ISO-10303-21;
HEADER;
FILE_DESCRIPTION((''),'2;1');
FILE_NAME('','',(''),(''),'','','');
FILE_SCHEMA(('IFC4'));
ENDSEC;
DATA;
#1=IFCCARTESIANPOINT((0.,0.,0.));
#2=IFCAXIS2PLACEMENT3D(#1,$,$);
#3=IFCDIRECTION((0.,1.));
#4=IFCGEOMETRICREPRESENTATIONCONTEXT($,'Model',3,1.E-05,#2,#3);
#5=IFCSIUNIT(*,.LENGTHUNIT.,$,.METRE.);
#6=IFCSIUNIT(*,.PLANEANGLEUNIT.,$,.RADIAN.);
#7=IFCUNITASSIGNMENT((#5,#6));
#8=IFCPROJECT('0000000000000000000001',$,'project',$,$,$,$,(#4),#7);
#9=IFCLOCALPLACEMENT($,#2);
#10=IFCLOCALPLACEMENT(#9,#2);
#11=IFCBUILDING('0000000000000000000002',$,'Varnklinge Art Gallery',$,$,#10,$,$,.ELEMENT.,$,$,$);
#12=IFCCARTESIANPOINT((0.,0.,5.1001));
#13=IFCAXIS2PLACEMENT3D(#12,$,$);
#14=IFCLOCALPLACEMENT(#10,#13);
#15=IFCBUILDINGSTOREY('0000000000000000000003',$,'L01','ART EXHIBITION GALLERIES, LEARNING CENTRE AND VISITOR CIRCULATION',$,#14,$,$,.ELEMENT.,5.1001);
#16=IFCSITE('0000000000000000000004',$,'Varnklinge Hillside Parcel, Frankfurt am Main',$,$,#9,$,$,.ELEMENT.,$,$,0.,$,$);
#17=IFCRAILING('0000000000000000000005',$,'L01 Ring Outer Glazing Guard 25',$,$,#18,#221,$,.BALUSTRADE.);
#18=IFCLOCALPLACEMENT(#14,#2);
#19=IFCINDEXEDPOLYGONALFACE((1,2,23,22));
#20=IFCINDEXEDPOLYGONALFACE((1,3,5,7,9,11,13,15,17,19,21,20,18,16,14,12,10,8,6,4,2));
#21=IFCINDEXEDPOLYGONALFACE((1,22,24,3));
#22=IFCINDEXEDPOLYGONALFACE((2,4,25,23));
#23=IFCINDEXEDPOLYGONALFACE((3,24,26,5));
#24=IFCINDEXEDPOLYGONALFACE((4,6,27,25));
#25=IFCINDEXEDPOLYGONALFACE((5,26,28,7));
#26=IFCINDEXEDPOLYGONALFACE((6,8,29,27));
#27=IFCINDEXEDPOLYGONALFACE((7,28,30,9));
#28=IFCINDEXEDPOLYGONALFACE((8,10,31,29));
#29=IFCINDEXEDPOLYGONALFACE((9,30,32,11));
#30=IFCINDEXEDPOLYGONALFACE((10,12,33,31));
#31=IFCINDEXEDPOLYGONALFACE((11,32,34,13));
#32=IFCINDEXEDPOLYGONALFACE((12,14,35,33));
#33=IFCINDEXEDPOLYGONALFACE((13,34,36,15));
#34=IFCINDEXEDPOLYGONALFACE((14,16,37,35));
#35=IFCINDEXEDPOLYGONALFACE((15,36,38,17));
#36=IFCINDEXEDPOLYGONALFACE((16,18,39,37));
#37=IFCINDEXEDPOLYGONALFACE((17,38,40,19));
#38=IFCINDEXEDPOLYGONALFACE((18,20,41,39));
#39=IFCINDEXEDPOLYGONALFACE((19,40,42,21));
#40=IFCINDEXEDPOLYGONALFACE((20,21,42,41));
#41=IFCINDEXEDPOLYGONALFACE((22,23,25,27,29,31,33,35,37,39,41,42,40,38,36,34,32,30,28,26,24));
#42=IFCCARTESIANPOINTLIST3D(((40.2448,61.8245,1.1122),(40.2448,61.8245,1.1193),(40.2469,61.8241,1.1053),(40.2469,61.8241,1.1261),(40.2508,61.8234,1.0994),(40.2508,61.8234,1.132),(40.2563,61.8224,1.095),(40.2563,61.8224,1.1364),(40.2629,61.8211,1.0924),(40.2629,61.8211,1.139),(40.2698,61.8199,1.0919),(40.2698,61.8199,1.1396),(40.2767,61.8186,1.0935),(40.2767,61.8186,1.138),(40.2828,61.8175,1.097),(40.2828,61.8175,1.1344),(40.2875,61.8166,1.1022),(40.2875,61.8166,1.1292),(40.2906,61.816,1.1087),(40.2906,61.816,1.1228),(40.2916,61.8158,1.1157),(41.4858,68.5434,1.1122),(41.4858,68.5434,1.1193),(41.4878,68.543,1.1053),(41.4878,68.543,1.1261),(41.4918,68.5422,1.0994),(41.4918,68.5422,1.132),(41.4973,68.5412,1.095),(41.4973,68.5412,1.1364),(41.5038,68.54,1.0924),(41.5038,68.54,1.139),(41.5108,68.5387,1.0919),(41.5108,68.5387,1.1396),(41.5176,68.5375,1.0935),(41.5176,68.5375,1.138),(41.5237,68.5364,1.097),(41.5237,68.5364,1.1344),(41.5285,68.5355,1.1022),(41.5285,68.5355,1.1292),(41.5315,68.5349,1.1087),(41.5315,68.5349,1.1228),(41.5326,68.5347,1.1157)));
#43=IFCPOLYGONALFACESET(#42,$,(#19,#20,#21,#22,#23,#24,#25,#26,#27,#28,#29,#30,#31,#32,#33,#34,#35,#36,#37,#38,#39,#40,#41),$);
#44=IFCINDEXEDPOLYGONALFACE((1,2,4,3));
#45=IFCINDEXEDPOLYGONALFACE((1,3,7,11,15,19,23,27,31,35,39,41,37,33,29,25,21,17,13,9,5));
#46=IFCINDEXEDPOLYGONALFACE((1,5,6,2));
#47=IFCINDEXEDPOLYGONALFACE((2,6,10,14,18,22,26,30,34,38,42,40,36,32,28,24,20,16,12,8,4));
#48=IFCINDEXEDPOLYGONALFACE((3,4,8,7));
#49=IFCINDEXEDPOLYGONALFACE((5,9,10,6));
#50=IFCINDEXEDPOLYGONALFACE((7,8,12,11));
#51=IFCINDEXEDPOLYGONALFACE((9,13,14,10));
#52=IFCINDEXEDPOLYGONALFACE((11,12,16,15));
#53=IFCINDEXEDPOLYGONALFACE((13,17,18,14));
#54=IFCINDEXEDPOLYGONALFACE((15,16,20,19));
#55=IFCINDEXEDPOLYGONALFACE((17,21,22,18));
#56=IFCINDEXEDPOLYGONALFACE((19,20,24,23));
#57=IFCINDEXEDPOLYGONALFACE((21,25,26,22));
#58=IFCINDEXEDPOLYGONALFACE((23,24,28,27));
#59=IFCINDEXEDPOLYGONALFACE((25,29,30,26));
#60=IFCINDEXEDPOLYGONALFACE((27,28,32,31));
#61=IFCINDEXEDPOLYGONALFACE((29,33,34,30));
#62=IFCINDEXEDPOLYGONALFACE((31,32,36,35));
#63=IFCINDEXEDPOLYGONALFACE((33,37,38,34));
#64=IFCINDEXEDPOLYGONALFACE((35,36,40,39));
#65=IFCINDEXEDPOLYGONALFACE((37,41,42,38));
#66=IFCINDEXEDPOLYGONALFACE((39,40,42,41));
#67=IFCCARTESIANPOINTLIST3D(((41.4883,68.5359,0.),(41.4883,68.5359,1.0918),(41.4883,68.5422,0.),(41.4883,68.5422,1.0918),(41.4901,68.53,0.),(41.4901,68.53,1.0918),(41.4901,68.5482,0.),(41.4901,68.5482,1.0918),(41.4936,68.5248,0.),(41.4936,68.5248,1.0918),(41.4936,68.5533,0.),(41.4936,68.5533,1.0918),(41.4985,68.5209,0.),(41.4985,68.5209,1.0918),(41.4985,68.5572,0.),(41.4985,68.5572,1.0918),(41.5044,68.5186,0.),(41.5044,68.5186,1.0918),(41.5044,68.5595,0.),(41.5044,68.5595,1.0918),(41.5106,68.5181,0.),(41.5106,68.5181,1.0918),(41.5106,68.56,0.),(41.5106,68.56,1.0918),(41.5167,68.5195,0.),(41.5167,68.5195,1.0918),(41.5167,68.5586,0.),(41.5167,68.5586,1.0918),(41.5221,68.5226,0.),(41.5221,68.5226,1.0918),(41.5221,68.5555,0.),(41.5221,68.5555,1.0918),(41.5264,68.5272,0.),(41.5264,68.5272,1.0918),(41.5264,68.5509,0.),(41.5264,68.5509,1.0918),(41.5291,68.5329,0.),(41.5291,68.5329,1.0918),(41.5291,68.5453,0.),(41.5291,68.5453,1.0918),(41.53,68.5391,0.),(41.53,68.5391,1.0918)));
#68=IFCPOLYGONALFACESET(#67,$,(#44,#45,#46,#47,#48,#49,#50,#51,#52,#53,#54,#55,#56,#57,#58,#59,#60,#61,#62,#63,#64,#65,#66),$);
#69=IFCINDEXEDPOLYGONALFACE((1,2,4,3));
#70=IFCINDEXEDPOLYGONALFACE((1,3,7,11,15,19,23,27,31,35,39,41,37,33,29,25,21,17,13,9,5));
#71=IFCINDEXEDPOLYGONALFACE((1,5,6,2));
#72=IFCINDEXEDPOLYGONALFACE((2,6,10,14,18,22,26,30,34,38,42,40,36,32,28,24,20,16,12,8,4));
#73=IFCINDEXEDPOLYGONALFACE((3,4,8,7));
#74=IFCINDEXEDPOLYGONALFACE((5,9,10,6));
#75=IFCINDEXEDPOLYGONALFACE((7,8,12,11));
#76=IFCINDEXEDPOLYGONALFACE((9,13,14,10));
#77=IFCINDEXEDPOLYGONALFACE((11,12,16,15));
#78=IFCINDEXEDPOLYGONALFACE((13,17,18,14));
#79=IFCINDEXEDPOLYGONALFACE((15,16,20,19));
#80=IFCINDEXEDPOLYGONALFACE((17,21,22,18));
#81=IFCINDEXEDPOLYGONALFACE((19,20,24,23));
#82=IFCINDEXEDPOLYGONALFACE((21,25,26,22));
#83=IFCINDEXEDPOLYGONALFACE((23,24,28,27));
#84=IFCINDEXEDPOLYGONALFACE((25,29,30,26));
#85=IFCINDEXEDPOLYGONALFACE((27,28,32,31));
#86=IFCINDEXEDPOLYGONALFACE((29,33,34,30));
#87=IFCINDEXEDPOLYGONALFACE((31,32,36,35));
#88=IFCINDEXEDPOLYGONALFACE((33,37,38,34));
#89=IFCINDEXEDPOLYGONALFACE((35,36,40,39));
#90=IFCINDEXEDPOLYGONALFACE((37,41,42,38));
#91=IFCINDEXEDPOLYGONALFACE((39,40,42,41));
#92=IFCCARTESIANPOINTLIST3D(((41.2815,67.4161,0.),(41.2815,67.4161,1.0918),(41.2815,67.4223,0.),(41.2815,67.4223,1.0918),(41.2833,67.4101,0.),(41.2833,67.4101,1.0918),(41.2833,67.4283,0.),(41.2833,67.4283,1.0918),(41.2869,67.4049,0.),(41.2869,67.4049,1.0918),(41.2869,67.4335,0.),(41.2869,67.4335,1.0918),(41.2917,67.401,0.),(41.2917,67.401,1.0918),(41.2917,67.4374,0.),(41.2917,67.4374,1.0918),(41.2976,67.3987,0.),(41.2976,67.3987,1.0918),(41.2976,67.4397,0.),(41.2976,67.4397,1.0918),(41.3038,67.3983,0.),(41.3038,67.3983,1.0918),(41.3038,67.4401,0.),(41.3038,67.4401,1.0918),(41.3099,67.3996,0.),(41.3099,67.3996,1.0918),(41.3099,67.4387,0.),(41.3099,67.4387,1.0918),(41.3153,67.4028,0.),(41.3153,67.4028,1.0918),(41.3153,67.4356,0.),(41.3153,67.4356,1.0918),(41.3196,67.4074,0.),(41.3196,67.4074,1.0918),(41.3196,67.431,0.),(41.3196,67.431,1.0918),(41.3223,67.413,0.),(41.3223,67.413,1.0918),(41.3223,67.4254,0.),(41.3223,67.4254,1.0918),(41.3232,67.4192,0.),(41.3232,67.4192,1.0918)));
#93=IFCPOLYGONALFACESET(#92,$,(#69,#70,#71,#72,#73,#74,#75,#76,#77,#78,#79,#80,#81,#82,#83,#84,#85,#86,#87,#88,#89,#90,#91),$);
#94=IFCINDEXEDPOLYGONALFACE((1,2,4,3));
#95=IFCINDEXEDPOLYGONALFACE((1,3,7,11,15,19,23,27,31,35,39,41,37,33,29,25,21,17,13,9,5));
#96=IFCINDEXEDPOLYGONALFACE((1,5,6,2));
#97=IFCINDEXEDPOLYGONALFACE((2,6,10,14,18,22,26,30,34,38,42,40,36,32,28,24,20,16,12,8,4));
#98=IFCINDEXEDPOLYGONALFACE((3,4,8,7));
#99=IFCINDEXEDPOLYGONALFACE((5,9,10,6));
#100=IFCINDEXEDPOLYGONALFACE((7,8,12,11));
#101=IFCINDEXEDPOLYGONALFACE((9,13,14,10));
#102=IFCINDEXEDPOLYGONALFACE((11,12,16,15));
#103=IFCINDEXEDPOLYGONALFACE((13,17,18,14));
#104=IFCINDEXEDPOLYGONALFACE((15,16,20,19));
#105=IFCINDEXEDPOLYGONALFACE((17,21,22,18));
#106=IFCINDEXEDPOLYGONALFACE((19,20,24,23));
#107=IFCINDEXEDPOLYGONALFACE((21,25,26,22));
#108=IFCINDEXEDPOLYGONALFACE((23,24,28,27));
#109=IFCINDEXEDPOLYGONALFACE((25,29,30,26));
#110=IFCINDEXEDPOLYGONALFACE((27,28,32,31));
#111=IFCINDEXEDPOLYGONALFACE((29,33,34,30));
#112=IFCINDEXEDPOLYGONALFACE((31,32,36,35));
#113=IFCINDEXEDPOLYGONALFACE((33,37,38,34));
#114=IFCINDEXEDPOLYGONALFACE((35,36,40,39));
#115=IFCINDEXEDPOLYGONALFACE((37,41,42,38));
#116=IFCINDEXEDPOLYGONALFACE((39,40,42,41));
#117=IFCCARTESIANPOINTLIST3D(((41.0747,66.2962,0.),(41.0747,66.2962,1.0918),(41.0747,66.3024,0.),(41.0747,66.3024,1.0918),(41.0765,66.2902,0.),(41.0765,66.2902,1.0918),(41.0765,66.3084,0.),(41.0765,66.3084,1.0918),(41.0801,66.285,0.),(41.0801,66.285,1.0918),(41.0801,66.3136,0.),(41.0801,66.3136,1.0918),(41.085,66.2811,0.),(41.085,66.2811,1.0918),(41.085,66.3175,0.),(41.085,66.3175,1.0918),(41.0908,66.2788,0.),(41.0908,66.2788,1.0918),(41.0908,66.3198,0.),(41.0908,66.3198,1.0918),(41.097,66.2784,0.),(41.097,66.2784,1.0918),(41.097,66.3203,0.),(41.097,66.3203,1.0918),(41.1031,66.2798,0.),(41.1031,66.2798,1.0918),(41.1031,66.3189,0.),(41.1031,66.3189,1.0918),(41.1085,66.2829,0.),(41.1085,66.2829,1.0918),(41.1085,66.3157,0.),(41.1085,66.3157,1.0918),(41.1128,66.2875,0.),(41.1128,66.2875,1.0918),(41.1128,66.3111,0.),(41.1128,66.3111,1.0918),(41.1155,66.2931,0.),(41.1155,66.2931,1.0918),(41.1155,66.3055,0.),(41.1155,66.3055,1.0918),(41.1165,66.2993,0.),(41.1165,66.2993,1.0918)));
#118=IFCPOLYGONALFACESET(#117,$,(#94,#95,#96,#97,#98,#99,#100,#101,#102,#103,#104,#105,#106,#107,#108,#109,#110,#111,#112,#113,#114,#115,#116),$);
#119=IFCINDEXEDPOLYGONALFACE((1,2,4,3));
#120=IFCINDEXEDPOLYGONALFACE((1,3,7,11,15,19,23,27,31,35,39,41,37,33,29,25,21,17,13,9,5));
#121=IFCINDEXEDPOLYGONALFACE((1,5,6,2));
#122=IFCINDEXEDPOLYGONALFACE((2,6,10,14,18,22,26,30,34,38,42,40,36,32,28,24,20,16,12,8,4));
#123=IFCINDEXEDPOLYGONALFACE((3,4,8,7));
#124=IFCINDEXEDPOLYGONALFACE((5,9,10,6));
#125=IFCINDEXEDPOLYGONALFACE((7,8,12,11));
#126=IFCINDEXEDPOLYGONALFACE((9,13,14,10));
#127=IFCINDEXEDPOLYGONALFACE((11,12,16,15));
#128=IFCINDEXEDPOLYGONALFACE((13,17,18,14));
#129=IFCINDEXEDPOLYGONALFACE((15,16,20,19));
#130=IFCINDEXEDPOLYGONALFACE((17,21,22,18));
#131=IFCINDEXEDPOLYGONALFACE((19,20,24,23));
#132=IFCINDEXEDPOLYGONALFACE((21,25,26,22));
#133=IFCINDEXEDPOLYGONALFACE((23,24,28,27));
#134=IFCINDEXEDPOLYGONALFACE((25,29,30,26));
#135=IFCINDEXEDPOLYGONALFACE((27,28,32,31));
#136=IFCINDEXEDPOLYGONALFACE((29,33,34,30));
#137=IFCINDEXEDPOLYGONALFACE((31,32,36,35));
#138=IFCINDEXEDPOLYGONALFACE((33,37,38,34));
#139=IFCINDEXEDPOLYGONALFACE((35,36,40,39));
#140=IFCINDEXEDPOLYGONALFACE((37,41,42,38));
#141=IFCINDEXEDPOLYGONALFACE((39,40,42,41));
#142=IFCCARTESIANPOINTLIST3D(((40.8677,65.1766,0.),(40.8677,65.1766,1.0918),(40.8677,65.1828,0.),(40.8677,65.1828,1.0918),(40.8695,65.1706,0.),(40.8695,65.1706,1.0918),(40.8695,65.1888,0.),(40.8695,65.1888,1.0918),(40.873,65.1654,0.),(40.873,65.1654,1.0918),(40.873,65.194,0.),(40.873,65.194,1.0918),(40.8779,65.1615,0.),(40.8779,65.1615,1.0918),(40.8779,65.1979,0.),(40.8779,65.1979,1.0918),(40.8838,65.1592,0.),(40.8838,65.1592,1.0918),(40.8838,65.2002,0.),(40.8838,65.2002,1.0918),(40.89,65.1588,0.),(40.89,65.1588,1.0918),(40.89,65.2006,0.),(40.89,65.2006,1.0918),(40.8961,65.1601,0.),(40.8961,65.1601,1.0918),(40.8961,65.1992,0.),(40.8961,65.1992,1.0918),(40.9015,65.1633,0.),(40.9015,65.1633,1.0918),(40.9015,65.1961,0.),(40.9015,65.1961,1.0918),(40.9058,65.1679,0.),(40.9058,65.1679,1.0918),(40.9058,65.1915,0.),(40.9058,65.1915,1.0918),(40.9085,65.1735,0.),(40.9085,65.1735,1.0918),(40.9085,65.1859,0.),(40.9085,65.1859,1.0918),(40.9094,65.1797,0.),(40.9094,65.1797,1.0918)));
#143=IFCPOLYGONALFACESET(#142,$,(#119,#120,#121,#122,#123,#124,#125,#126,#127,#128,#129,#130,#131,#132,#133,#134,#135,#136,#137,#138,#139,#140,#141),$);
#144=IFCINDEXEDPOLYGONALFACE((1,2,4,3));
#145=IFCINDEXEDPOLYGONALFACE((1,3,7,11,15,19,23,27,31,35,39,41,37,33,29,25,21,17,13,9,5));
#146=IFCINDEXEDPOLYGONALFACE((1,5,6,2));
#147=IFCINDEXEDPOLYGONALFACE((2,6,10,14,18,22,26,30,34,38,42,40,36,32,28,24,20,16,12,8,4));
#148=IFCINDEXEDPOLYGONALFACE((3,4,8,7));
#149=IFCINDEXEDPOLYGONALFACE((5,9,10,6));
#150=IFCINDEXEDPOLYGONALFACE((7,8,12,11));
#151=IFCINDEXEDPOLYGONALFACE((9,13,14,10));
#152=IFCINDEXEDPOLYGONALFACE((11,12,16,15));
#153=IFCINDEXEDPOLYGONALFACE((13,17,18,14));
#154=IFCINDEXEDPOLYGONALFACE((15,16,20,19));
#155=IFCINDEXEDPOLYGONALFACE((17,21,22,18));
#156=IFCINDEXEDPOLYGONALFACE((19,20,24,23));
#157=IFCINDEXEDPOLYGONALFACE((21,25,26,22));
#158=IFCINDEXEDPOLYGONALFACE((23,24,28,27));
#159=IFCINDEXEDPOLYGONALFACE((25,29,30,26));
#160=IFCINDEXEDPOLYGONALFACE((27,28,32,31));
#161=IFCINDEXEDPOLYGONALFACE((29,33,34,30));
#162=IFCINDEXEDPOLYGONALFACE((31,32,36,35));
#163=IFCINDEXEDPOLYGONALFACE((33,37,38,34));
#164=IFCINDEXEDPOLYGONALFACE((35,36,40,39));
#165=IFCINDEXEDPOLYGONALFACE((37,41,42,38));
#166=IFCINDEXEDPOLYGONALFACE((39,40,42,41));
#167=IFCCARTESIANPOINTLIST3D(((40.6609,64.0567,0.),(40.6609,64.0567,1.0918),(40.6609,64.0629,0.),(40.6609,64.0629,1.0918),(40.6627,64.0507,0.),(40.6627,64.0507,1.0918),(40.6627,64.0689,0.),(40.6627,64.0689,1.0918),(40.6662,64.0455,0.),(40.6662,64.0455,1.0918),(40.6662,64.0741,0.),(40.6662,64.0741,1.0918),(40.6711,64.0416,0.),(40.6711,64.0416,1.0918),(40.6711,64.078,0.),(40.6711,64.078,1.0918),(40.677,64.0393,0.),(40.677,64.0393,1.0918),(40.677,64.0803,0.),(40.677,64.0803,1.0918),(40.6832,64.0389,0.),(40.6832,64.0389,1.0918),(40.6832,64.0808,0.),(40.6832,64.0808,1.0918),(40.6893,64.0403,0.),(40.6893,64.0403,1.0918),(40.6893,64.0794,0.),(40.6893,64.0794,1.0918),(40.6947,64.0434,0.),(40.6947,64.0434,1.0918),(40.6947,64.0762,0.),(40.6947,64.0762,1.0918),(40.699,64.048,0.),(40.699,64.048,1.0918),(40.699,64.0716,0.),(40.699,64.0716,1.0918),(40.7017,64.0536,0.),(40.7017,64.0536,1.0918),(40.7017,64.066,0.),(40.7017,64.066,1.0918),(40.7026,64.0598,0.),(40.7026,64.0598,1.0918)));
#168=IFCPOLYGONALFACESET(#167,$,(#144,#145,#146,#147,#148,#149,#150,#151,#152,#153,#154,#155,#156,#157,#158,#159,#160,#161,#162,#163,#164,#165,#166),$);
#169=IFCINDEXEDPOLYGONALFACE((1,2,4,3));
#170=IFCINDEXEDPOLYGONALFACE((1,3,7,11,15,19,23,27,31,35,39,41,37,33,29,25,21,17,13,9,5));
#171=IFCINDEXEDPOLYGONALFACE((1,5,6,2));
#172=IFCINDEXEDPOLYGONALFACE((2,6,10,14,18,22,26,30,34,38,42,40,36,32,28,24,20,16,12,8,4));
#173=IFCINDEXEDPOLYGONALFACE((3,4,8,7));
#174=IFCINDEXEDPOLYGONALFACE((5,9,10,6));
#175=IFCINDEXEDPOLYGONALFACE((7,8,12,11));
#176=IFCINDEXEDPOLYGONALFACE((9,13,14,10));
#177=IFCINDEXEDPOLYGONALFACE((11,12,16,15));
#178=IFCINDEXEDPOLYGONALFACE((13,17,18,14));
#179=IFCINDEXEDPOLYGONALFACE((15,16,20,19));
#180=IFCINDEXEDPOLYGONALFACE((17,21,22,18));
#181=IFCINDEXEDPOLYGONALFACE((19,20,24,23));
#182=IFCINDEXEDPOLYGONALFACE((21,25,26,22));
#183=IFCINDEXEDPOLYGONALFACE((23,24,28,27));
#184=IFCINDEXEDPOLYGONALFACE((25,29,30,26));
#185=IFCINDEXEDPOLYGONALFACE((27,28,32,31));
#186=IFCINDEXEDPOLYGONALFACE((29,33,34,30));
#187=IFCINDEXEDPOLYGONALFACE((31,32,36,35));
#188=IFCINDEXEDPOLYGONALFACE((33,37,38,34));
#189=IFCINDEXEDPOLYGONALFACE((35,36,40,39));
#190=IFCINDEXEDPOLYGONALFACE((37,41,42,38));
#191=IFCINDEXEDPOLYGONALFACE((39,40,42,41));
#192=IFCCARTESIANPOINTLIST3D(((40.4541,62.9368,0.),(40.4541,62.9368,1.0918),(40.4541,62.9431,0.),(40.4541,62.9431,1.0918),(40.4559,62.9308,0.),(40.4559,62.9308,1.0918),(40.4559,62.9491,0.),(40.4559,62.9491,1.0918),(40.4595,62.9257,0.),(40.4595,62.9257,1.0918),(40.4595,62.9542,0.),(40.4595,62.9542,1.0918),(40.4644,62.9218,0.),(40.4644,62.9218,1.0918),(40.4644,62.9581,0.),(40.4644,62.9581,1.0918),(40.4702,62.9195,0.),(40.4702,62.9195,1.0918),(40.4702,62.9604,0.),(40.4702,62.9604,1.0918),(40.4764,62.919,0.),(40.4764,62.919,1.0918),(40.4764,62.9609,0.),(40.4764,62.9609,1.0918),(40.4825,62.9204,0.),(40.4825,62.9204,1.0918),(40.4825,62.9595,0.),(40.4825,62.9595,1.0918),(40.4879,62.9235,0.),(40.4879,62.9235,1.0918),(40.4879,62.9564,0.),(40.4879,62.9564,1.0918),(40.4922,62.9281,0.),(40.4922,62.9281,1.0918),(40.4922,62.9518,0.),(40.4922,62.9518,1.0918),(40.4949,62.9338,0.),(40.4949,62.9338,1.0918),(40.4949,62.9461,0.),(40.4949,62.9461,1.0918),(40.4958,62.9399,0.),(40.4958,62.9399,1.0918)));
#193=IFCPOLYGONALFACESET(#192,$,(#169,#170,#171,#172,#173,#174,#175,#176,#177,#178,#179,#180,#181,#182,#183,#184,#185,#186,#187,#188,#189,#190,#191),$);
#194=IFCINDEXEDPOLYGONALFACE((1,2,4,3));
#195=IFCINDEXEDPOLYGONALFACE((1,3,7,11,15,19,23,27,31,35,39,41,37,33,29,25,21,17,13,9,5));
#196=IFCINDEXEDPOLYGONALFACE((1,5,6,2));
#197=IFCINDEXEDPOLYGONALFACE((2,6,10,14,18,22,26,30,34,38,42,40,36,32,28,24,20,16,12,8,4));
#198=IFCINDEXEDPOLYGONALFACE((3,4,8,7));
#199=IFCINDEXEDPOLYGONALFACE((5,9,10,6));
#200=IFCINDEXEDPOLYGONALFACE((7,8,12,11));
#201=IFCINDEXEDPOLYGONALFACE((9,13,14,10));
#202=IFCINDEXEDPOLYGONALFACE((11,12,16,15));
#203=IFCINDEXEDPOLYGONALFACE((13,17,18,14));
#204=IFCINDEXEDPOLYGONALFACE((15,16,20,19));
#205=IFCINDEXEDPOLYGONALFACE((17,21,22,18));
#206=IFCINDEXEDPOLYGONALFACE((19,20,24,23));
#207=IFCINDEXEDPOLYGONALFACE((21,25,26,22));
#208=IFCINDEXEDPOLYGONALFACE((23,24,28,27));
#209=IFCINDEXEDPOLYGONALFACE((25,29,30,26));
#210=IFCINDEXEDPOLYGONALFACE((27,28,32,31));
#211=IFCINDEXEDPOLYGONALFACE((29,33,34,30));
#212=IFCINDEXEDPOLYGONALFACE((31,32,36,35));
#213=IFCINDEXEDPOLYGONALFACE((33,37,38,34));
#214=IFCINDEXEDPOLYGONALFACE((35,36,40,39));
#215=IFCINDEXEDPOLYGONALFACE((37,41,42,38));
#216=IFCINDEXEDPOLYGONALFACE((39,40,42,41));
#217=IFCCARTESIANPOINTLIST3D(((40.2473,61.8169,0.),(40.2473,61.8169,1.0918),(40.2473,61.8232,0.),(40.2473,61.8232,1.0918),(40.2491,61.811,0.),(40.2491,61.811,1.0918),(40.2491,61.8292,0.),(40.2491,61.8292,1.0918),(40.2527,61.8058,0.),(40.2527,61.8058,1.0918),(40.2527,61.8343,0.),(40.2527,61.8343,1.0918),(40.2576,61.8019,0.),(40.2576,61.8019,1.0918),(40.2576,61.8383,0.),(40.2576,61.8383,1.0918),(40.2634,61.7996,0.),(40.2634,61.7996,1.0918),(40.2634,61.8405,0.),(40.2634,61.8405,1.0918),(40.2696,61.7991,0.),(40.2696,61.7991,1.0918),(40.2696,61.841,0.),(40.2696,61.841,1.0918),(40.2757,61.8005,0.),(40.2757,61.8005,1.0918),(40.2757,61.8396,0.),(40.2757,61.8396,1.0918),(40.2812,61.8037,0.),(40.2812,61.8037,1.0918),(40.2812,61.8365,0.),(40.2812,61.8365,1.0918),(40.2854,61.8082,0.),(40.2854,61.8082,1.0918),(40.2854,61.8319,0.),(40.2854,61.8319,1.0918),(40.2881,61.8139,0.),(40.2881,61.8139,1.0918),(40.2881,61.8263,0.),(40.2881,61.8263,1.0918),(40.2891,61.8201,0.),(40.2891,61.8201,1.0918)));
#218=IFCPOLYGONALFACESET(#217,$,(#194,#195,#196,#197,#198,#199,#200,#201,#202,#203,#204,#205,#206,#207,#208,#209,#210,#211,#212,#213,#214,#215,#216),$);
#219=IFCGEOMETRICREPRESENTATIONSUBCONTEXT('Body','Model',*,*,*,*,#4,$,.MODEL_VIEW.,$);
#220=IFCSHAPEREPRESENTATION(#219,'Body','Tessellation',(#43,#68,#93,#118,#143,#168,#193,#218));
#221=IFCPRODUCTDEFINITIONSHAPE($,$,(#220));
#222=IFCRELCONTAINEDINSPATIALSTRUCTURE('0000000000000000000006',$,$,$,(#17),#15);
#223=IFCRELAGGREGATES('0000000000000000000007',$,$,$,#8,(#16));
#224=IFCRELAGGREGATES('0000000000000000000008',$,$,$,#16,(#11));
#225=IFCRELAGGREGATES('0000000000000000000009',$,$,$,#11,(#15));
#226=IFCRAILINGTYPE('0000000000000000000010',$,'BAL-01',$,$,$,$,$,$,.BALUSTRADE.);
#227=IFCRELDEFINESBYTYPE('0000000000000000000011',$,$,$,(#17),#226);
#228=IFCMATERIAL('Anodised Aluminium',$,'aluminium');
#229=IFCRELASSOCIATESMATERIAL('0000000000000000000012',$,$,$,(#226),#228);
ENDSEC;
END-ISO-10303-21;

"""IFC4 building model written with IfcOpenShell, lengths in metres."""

from ifc_helpers import new_model, si_unit, direction, frame, origin, origin_2d, place, context, subcontext, project, spatial, circle, extrude, material, type_object, element, save


model = new_model("IFC4")

# Units and contexts
model_context = context("Model", 3, precision=1e-05, world=origin(), true_north=direction((0.0, 1.0)))
body_context = subcontext(model_context, "Body", "Model", "MODEL_VIEW")
ifc_project = project(units=[si_unit("LENGTHUNIT", "METRE"), si_unit("PLANEANGLEUNIT", "RADIAN")], contexts=[model_context])

# Site, building, storey
site_placement = place(None, origin())
site = spatial("IfcSite", under=ifc_project, at=site_placement, Name="Varnklinge Hillside Parcel, Frankfurt am Main", CompositionType="ELEMENT", RefElevation=0.0)
building_placement = place(site_placement, origin())
building = spatial("IfcBuilding", under=site, at=building_placement, Name="Varnklinge Art Gallery", CompositionType="ELEMENT")
storey_placement = place(building_placement, frame((0.0, 0.0, 5.1001)))
storey = spatial("IfcBuildingStorey", under=building, at=storey_placement, Name="L01", Description="ART EXHIBITION GALLERIES, LEARNING CENTRE AND VISITOR CIRCULATION", CompositionType="ELEMENT", Elevation=5.1001)

# Railing
ifc_material_1 = material(Name="Anodised Aluminium", Category="aluminium")
railing_type = type_object("IfcRailingType", Name="BAL-01", PredefinedType="BALUSTRADE", material=ifc_material_1)
railing_1_placement = place(storey_placement, frame((41.509, 68.5391, 0.0)))
element("IfcRailing", 1, at=railing_1_placement, inside=storey, type_object=railing_type, Name="L01 Ring Outer Glazing Guard 25", PredefinedType="BALUSTRADE", context=body_context, shape_type="SweptSolid", body=[
    extrude(circle(Radius=0.0239, at=origin_2d()), frame((0.0, 0.0, 1.1157), z_axis=(-0.181623, -0.983368, 0.0), x_axis=(0.983368, -0.181623, 0.0)), (0.0, 0.0, 1.0), 6.8325),
    extrude(circle(Radius=0.021, at=origin_2d()), origin(), (0.0, 0.0, 1.0), 1.0918),
    extrude(circle(Radius=0.021, at=origin_2d()), frame((-0.2068, -1.1199, 0.0)), (0.0, 0.0, 1.0), 1.0918),
    extrude(circle(Radius=0.021, at=origin_2d()), frame((-0.4136, -2.2397, 0.0)), (0.0, 0.0, 1.0), 1.0918),
    extrude(circle(Radius=0.021, at=origin_2d()), frame((-0.6206, -3.3594, 0.0)), (0.0, 0.0, 1.0), 1.0918),
    extrude(circle(Radius=0.021, at=origin_2d()), frame((-0.8274, -4.4792, 0.0)), (0.0, 0.0, 1.0), 1.0918),
    extrude(circle(Radius=0.021, at=origin_2d()), frame((-1.0342, -5.5991, 0.0)), (0.0, 0.0, 1.0), 1.0918),
    extrude(circle(Radius=0.021, at=origin_2d()), frame((-1.241, -6.719, 0.0)), (0.0, 0.0, 1.0), 1.0918),
])

save(model, "model.ifc")
